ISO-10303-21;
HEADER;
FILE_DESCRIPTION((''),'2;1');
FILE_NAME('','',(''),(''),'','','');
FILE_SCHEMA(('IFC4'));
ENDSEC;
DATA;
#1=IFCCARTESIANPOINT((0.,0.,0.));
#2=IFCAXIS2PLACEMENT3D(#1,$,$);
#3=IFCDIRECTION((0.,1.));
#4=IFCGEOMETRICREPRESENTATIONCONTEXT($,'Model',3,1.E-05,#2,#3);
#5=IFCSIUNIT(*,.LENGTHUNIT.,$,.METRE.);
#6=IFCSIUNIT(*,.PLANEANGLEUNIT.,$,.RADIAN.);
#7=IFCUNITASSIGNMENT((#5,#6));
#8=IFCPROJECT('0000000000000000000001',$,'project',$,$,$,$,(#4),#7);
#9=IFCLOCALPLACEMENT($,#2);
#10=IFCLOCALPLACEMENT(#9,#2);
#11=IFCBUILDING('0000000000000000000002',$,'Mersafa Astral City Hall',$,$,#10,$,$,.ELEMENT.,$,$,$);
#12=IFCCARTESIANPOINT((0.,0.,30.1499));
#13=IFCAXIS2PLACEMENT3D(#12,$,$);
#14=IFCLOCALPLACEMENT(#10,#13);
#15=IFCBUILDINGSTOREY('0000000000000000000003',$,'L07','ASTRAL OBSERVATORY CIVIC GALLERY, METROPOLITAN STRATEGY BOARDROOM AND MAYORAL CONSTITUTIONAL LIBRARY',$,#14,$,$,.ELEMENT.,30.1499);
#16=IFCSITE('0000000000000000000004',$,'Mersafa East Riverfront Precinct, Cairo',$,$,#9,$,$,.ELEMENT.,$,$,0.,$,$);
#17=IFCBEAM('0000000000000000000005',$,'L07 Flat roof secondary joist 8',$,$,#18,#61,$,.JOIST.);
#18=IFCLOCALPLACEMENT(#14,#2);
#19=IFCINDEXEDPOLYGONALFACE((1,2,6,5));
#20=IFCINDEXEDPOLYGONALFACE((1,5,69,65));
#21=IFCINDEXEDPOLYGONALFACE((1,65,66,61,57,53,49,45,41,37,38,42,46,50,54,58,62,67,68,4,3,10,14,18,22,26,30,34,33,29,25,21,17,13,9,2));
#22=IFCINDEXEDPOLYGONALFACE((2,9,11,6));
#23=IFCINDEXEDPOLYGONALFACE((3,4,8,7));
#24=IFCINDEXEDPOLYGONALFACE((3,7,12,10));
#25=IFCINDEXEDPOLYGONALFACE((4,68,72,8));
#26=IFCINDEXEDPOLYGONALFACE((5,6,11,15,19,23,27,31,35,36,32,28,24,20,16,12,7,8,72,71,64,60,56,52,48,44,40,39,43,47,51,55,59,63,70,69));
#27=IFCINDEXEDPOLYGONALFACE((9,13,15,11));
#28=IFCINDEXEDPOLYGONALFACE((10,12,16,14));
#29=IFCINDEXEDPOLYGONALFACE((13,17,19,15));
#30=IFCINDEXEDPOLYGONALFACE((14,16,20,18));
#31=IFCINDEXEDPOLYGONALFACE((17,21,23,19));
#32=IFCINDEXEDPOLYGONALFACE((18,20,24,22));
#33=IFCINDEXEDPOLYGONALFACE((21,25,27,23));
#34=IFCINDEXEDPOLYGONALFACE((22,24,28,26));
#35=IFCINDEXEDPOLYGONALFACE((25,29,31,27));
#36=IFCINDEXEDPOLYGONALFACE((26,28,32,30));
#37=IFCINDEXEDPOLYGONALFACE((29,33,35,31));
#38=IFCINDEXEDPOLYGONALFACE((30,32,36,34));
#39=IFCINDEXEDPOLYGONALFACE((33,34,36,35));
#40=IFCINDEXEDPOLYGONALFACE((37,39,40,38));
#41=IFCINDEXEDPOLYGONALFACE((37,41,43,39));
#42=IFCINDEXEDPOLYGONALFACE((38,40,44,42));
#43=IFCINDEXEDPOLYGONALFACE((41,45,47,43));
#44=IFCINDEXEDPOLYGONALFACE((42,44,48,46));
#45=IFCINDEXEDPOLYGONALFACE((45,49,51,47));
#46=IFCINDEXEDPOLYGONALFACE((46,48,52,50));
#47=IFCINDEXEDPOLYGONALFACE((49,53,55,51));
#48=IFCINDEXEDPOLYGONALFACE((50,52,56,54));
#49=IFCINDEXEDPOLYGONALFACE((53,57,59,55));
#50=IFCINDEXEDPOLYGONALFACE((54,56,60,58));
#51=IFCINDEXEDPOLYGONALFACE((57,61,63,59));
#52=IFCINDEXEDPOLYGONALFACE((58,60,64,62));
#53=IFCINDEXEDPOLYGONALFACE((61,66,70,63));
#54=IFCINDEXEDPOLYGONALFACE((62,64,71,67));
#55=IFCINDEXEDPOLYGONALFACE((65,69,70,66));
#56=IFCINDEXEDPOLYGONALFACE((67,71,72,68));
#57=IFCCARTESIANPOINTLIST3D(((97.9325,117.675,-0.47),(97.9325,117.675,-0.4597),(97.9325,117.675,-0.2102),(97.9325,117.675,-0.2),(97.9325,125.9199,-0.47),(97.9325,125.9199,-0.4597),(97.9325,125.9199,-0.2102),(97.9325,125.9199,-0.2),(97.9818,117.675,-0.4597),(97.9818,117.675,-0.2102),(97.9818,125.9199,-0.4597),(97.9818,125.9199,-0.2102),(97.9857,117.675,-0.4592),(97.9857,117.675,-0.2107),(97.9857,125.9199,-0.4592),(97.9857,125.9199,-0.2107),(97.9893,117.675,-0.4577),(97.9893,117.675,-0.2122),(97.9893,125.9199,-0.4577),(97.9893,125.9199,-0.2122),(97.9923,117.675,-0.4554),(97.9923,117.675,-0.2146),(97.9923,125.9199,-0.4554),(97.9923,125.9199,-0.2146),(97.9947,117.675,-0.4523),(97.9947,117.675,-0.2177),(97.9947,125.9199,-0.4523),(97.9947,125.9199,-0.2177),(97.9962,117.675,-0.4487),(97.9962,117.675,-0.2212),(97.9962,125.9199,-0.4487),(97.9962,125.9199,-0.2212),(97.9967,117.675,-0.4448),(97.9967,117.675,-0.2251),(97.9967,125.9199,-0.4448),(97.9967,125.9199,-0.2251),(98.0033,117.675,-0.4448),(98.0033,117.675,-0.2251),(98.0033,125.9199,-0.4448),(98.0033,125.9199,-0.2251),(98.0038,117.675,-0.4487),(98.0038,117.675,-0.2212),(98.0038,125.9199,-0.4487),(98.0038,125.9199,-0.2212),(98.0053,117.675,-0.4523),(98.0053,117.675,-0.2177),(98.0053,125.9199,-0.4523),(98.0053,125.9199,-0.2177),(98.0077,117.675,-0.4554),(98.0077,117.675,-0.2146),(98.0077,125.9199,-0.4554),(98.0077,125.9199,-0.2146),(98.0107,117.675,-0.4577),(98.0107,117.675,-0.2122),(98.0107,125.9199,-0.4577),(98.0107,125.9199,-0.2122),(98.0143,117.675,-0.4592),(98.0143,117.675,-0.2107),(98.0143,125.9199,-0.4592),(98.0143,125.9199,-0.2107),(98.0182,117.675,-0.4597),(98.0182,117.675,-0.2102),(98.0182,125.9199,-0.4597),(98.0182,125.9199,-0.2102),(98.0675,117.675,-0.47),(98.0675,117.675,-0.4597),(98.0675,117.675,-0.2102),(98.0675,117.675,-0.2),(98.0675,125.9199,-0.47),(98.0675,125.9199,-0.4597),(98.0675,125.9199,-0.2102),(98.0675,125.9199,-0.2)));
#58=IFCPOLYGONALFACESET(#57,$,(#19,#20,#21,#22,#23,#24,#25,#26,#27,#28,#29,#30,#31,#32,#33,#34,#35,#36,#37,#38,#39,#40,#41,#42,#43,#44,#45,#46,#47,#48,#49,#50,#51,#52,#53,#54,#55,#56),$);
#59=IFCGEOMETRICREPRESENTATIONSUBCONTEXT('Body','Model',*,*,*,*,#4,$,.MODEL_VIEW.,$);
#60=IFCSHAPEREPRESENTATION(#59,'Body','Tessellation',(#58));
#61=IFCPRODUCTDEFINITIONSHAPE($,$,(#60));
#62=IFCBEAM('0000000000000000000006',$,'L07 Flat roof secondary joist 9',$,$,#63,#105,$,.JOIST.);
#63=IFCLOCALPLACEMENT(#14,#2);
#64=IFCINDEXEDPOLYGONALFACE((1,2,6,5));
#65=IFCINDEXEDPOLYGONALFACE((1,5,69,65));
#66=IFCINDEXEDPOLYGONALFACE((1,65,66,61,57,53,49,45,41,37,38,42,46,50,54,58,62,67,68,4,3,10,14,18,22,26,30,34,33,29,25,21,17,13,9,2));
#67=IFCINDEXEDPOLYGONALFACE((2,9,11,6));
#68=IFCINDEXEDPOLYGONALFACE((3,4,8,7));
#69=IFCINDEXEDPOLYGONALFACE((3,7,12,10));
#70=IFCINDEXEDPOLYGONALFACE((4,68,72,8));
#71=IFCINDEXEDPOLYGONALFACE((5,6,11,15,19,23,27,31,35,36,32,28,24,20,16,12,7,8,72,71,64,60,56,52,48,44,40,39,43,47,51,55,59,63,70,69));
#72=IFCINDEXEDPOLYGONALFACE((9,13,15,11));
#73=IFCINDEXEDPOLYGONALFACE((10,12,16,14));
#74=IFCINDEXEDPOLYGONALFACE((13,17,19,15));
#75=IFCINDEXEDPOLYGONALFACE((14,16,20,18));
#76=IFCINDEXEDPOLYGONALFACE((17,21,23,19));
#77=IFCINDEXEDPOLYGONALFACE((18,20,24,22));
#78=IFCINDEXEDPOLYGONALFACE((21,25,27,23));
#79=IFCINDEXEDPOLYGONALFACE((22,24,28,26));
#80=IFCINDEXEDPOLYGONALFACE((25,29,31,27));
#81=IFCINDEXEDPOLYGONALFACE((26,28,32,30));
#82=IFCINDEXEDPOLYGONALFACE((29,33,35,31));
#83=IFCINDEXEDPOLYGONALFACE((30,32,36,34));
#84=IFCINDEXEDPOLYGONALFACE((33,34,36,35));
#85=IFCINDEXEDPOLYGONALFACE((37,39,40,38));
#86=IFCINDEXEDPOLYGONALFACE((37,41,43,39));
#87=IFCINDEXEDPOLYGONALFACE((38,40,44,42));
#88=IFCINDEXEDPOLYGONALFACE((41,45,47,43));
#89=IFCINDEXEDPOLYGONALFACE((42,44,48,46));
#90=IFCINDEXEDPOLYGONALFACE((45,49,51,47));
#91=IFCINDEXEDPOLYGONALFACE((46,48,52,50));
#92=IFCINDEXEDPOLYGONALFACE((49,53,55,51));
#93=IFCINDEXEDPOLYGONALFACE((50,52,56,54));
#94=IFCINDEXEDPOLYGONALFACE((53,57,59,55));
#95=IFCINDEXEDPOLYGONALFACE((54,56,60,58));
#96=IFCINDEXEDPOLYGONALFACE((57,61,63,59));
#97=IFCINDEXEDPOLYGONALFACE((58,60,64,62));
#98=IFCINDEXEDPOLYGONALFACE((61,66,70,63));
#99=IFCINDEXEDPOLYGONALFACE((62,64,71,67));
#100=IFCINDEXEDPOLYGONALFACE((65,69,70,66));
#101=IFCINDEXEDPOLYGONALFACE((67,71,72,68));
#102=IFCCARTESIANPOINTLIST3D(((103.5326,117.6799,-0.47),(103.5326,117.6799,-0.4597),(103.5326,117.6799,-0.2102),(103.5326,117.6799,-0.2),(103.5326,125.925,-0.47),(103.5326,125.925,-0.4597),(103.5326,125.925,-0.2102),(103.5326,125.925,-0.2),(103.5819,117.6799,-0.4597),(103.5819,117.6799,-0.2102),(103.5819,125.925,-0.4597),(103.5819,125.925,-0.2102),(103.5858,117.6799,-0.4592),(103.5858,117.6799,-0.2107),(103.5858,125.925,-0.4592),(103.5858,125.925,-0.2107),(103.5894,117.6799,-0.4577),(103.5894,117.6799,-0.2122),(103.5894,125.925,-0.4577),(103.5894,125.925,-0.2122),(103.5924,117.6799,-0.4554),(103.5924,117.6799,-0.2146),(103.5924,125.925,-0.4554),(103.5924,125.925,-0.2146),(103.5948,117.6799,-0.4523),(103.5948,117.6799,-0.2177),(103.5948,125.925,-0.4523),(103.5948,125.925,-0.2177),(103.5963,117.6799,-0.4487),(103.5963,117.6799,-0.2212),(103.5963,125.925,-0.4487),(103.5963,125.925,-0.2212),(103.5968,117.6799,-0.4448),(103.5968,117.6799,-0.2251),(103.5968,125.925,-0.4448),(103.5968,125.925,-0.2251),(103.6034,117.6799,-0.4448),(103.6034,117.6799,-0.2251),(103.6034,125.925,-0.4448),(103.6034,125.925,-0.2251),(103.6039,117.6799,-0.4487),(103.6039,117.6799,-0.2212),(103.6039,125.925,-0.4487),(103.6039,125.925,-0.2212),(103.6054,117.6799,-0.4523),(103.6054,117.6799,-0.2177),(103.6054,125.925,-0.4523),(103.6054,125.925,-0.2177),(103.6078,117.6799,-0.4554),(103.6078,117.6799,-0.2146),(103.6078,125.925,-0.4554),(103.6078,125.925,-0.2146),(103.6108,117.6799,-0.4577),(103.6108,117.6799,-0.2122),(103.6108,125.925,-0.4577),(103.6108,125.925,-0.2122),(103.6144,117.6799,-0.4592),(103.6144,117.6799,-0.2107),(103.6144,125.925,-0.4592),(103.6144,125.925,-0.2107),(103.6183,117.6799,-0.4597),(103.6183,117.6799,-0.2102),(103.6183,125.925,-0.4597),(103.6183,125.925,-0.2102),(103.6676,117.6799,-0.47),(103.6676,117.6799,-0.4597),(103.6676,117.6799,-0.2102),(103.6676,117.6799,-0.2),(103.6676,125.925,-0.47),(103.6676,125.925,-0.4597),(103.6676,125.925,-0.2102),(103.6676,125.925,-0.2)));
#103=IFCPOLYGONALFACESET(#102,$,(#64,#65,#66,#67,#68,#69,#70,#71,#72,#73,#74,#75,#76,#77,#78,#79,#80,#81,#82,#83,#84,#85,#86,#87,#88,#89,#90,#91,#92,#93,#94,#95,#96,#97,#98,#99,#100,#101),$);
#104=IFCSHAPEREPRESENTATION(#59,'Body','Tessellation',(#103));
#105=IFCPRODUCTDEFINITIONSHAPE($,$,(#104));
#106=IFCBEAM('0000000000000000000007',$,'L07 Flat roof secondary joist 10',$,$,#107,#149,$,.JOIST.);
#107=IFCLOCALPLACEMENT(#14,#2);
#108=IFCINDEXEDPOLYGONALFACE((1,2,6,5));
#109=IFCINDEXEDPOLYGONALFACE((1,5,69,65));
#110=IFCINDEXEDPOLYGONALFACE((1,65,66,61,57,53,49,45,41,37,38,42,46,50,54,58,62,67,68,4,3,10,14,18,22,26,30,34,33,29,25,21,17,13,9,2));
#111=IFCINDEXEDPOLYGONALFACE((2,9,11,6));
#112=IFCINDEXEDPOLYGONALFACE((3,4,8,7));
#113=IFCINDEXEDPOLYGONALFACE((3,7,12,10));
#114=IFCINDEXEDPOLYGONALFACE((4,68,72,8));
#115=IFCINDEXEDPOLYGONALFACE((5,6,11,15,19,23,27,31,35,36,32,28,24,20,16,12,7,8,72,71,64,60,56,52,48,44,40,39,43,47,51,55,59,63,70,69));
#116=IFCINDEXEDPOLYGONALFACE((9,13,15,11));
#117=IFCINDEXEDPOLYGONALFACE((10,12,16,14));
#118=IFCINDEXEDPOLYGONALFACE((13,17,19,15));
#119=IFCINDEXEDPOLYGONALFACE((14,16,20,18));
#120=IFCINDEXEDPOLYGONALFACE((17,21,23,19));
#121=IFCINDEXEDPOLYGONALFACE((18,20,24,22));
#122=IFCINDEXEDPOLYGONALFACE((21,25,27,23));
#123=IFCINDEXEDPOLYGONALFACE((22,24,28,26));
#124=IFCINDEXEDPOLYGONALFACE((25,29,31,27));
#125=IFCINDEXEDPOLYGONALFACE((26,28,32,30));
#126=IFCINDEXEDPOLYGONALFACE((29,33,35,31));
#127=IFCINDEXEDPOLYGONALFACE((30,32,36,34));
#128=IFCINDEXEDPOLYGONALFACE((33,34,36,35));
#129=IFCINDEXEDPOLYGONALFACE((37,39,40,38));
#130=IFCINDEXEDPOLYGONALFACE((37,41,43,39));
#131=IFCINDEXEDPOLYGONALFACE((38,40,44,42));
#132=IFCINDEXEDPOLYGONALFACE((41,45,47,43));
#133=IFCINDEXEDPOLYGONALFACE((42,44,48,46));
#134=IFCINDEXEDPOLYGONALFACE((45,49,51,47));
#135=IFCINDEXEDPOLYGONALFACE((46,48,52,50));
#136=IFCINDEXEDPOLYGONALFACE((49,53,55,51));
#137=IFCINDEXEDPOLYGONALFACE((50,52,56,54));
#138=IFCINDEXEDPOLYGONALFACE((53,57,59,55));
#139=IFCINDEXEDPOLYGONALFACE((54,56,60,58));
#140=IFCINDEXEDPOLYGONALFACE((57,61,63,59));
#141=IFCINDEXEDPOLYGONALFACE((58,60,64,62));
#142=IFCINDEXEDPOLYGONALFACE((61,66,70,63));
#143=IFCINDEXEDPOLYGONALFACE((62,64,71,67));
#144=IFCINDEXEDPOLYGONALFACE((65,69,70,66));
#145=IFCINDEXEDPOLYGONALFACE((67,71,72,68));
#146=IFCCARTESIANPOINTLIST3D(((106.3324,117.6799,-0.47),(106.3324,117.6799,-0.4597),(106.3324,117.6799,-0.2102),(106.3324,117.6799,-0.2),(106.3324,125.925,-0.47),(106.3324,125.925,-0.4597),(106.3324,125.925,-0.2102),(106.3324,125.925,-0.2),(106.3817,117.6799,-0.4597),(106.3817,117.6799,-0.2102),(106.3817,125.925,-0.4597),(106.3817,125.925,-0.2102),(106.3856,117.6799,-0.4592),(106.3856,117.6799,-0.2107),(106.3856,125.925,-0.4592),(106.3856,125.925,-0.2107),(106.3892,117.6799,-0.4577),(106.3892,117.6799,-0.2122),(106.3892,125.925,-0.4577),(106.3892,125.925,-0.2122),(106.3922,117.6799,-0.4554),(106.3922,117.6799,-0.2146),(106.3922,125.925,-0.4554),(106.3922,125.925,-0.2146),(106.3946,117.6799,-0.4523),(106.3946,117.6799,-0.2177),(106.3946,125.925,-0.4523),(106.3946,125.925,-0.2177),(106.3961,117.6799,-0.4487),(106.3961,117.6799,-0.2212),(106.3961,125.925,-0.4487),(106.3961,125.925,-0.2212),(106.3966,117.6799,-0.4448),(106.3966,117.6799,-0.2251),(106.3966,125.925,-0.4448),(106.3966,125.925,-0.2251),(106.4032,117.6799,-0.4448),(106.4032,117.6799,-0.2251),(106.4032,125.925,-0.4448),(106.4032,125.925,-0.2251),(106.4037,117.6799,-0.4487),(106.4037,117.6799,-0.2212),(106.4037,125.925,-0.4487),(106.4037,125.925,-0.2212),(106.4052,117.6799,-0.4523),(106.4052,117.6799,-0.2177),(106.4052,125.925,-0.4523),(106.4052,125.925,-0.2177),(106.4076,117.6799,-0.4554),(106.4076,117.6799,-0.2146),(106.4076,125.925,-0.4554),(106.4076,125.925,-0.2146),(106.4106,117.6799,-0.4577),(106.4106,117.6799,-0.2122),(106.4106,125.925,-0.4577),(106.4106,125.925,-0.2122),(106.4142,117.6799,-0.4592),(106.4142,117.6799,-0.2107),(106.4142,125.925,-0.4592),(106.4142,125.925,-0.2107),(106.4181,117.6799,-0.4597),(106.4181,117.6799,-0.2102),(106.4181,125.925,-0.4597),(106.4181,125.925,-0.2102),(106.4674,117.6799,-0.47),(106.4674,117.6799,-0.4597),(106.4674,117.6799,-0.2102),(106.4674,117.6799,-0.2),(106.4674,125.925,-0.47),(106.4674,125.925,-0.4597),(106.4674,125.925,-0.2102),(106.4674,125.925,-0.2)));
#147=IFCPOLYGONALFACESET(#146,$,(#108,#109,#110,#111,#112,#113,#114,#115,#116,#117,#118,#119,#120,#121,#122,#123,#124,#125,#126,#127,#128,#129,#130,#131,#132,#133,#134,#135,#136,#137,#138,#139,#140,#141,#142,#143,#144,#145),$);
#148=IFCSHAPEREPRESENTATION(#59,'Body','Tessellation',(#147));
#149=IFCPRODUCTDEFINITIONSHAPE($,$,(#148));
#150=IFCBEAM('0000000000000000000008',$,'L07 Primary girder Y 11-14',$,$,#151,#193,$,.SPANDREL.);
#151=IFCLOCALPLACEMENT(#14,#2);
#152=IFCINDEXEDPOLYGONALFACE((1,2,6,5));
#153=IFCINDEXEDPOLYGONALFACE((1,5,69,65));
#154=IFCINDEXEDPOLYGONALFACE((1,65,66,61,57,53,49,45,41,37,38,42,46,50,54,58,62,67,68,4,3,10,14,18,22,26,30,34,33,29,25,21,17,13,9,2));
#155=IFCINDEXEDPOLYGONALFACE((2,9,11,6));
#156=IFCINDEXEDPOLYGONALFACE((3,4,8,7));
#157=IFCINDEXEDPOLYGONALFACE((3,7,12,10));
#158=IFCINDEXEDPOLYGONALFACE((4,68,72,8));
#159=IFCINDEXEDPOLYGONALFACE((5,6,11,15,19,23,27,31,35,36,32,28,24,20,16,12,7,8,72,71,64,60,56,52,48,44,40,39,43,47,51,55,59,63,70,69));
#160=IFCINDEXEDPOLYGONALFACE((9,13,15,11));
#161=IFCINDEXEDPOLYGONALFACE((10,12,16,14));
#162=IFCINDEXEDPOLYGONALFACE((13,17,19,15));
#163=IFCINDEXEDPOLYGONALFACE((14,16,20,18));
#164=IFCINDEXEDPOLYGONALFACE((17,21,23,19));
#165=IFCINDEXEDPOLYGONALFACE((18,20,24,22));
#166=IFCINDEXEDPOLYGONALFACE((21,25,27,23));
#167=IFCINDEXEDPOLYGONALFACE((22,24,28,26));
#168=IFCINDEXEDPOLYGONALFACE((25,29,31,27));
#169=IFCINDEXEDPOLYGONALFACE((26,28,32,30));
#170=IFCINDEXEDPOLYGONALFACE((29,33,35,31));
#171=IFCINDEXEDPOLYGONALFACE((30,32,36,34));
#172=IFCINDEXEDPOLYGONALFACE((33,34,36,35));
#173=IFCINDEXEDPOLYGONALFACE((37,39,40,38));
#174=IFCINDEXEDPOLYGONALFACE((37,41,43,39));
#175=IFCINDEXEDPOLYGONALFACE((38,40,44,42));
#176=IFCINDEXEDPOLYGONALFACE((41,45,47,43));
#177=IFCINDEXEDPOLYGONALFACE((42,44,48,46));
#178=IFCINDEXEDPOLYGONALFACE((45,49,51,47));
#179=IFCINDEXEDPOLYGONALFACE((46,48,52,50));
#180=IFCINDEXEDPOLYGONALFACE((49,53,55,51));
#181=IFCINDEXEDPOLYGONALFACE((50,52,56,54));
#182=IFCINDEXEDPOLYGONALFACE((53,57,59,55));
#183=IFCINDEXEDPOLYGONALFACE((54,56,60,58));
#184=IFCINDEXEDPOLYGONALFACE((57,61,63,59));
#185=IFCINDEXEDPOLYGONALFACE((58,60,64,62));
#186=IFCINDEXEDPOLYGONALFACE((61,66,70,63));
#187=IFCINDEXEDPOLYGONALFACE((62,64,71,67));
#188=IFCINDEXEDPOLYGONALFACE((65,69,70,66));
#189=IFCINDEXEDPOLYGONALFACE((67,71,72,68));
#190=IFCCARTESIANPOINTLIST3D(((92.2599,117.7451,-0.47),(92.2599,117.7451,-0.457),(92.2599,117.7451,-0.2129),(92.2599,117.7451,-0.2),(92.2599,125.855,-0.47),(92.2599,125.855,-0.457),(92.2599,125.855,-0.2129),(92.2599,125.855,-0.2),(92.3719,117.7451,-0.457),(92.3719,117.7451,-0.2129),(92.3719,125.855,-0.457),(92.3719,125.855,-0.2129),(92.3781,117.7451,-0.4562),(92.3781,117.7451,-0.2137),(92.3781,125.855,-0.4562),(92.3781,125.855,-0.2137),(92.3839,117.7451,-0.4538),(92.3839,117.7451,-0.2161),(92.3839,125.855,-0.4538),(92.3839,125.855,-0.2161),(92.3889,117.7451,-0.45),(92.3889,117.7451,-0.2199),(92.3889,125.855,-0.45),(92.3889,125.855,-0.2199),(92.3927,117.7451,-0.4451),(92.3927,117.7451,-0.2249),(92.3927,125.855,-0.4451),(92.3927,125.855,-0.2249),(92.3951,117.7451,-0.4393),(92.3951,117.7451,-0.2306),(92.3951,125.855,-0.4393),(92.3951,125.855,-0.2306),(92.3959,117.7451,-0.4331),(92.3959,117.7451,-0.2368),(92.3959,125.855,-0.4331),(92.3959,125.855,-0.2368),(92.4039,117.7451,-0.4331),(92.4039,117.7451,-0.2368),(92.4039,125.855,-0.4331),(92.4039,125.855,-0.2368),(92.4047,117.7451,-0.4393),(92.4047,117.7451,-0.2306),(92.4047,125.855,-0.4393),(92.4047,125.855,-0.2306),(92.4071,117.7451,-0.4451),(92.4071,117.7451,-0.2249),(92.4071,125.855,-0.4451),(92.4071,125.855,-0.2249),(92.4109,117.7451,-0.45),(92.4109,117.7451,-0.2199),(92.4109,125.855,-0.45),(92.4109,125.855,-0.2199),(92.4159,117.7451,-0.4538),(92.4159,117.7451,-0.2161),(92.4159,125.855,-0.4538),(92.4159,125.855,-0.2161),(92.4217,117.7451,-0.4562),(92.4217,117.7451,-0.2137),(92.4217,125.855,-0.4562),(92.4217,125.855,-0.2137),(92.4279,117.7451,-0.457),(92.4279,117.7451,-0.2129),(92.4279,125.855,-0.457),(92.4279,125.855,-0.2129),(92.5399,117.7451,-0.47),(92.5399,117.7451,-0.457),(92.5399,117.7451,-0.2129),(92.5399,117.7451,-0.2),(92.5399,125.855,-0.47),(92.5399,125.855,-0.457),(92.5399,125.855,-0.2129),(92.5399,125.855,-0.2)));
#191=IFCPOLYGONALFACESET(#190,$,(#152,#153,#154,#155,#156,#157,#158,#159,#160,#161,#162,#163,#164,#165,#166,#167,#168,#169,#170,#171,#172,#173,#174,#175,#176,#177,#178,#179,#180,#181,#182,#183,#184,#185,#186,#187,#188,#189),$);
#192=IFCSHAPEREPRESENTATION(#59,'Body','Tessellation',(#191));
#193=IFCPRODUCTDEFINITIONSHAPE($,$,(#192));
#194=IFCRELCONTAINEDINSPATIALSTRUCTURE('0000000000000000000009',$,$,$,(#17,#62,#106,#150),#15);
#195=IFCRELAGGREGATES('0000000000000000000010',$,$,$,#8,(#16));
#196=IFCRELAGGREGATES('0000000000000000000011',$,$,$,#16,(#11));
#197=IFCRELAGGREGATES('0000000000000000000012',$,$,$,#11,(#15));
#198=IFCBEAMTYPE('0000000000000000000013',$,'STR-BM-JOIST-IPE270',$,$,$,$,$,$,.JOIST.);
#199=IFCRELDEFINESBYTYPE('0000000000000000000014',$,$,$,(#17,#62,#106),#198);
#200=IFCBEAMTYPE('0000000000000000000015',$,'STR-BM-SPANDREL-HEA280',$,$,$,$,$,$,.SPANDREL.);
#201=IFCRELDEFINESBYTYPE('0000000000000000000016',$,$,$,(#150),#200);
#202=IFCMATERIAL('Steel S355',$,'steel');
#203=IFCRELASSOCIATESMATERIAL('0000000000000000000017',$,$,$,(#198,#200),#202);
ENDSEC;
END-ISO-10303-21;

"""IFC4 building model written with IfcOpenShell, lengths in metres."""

from ifc_helpers import new_model, si_unit, direction, frame, origin, origin_2d, place, context, subcontext, project, spatial, i_section, extrude, material, material_profile, profile_set, type_object, element, save


model = new_model("IFC4")

# Units and contexts
model_context = context("Model", 3, precision=1e-05, world=origin(), true_north=direction((0.0, 1.0)))
body_context = subcontext(model_context, "Body", "Model", "MODEL_VIEW")
ifc_project = project(units=[si_unit("LENGTHUNIT", "METRE"), si_unit("PLANEANGLEUNIT", "RADIAN")], contexts=[model_context])

# Site, building, storey
site_placement = place(None, origin())
site = spatial("IfcSite", under=ifc_project, at=site_placement, Name="Mersafa East Riverfront Precinct, Cairo", CompositionType="ELEMENT", RefElevation=0.0)
building_placement = place(site_placement, origin())
building = spatial("IfcBuilding", under=site, at=building_placement, Name="Mersafa Astral City Hall", CompositionType="ELEMENT")
storey_placement = place(building_placement, frame((0.0, 0.0, 30.1499)))
storey = spatial("IfcBuildingStorey", under=building, at=storey_placement, Name="L07", Description="ASTRAL OBSERVATORY CIVIC GALLERY, METROPOLITAN STRATEGY BOARDROOM AND MAYORAL CONSTITUTIONAL LIBRARY", CompositionType="ELEMENT", Elevation=30.1499)

# Shared definitions
ifc_material_1 = material(Name="Steel S355", Category="steel")

# Beams
ifc_material_profile_1 = material_profile(ifc_material_1, i_section(OverallWidth=0.135, OverallDepth=0.27, WebThickness=0.0066, FlangeThickness=0.0103, FilletRadius=0.0149, at=origin_2d()), Name="IPE 270")
ifc_profile_set_1 = profile_set([ifc_material_profile_1], Name="Steel S355")
beam_type_1 = type_object("IfcBeamType", Name="STR-BM-JOIST-IPE270", PredefinedType="JOIST", material=ifc_profile_set_1)
for number, where, z_axis, x_axis, name in (
    (1, (98.0, 117.675, -0.335), (0.0, 1.0, 0.0), (-1.0, 0.0, 0.0), "L07 Flat roof secondary joist 8"),
):
    element("IfcBeam", number, at=place(storey_placement, frame(where, z_axis=z_axis, x_axis=x_axis)), inside=storey, type_object=beam_type_1, Name=name, PredefinedType="JOIST", context=body_context, shape_type="SweptSolid", body=[
        extrude(i_section(OverallWidth=0.135, OverallDepth=0.27, WebThickness=0.0066, FlangeThickness=0.0103, FilletRadius=0.0149, at=origin_2d()), origin(), (0.0, 0.0, 1.0), 8.2449),
    ])
for number, where, z_axis, x_axis, name in (
    (2, (103.6001, 117.6799, -0.335), (0.0, 1.0, 0.0), (-1.0, 0.0, 0.0), "L07 Flat roof secondary joist 9"),
    (3, (106.3999, 117.6799, -0.335), (0.0, 1.0, 0.0), (-1.0, 0.0, 0.0), "L07 Flat roof secondary joist 10"),
):
    element("IfcBeam", number, at=place(storey_placement, frame(where, z_axis=z_axis, x_axis=x_axis)), inside=storey, type_object=beam_type_1, Name=name, PredefinedType="JOIST", context=body_context, shape_type="SweptSolid", body=[
        extrude(i_section(OverallWidth=0.135, OverallDepth=0.27, WebThickness=0.0066, FlangeThickness=0.0103, FilletRadius=0.0149, at=origin_2d()), origin(), (0.0, 0.0, 1.0), 8.2451),
    ])
ifc_material_profile_2 = material_profile(ifc_material_1, i_section(OverallWidth=0.28, OverallDepth=0.27, WebThickness=0.0081, FlangeThickness=0.0129, FilletRadius=0.0239, at=origin_2d()), Name="HEA 280")
ifc_profile_set_2 = profile_set([ifc_material_profile_2], Name="Steel S355")
beam_type_2 = type_object("IfcBeamType", Name="STR-BM-SPANDREL-HEA280", PredefinedType="SPANDREL", material=ifc_profile_set_2)
beam_1_placement = place(storey_placement, frame((92.3999, 117.7451, -0.335), z_axis=(0.0, 1.0, 0.0), x_axis=(-1.0, 0.0, 0.0)))
element("IfcBeam", 4, at=beam_1_placement, inside=storey, type_object=beam_type_2, Name="L07 Primary girder Y 11-14", PredefinedType="SPANDREL", context=body_context, shape_type="SweptSolid", body=[
    extrude(i_section(OverallWidth=0.28, OverallDepth=0.27, WebThickness=0.0081, FlangeThickness=0.0129, FilletRadius=0.0239, at=origin_2d()), origin(), (0.0, 0.0, 1.0), 8.1099),
])

save(model, "model.ifc")
